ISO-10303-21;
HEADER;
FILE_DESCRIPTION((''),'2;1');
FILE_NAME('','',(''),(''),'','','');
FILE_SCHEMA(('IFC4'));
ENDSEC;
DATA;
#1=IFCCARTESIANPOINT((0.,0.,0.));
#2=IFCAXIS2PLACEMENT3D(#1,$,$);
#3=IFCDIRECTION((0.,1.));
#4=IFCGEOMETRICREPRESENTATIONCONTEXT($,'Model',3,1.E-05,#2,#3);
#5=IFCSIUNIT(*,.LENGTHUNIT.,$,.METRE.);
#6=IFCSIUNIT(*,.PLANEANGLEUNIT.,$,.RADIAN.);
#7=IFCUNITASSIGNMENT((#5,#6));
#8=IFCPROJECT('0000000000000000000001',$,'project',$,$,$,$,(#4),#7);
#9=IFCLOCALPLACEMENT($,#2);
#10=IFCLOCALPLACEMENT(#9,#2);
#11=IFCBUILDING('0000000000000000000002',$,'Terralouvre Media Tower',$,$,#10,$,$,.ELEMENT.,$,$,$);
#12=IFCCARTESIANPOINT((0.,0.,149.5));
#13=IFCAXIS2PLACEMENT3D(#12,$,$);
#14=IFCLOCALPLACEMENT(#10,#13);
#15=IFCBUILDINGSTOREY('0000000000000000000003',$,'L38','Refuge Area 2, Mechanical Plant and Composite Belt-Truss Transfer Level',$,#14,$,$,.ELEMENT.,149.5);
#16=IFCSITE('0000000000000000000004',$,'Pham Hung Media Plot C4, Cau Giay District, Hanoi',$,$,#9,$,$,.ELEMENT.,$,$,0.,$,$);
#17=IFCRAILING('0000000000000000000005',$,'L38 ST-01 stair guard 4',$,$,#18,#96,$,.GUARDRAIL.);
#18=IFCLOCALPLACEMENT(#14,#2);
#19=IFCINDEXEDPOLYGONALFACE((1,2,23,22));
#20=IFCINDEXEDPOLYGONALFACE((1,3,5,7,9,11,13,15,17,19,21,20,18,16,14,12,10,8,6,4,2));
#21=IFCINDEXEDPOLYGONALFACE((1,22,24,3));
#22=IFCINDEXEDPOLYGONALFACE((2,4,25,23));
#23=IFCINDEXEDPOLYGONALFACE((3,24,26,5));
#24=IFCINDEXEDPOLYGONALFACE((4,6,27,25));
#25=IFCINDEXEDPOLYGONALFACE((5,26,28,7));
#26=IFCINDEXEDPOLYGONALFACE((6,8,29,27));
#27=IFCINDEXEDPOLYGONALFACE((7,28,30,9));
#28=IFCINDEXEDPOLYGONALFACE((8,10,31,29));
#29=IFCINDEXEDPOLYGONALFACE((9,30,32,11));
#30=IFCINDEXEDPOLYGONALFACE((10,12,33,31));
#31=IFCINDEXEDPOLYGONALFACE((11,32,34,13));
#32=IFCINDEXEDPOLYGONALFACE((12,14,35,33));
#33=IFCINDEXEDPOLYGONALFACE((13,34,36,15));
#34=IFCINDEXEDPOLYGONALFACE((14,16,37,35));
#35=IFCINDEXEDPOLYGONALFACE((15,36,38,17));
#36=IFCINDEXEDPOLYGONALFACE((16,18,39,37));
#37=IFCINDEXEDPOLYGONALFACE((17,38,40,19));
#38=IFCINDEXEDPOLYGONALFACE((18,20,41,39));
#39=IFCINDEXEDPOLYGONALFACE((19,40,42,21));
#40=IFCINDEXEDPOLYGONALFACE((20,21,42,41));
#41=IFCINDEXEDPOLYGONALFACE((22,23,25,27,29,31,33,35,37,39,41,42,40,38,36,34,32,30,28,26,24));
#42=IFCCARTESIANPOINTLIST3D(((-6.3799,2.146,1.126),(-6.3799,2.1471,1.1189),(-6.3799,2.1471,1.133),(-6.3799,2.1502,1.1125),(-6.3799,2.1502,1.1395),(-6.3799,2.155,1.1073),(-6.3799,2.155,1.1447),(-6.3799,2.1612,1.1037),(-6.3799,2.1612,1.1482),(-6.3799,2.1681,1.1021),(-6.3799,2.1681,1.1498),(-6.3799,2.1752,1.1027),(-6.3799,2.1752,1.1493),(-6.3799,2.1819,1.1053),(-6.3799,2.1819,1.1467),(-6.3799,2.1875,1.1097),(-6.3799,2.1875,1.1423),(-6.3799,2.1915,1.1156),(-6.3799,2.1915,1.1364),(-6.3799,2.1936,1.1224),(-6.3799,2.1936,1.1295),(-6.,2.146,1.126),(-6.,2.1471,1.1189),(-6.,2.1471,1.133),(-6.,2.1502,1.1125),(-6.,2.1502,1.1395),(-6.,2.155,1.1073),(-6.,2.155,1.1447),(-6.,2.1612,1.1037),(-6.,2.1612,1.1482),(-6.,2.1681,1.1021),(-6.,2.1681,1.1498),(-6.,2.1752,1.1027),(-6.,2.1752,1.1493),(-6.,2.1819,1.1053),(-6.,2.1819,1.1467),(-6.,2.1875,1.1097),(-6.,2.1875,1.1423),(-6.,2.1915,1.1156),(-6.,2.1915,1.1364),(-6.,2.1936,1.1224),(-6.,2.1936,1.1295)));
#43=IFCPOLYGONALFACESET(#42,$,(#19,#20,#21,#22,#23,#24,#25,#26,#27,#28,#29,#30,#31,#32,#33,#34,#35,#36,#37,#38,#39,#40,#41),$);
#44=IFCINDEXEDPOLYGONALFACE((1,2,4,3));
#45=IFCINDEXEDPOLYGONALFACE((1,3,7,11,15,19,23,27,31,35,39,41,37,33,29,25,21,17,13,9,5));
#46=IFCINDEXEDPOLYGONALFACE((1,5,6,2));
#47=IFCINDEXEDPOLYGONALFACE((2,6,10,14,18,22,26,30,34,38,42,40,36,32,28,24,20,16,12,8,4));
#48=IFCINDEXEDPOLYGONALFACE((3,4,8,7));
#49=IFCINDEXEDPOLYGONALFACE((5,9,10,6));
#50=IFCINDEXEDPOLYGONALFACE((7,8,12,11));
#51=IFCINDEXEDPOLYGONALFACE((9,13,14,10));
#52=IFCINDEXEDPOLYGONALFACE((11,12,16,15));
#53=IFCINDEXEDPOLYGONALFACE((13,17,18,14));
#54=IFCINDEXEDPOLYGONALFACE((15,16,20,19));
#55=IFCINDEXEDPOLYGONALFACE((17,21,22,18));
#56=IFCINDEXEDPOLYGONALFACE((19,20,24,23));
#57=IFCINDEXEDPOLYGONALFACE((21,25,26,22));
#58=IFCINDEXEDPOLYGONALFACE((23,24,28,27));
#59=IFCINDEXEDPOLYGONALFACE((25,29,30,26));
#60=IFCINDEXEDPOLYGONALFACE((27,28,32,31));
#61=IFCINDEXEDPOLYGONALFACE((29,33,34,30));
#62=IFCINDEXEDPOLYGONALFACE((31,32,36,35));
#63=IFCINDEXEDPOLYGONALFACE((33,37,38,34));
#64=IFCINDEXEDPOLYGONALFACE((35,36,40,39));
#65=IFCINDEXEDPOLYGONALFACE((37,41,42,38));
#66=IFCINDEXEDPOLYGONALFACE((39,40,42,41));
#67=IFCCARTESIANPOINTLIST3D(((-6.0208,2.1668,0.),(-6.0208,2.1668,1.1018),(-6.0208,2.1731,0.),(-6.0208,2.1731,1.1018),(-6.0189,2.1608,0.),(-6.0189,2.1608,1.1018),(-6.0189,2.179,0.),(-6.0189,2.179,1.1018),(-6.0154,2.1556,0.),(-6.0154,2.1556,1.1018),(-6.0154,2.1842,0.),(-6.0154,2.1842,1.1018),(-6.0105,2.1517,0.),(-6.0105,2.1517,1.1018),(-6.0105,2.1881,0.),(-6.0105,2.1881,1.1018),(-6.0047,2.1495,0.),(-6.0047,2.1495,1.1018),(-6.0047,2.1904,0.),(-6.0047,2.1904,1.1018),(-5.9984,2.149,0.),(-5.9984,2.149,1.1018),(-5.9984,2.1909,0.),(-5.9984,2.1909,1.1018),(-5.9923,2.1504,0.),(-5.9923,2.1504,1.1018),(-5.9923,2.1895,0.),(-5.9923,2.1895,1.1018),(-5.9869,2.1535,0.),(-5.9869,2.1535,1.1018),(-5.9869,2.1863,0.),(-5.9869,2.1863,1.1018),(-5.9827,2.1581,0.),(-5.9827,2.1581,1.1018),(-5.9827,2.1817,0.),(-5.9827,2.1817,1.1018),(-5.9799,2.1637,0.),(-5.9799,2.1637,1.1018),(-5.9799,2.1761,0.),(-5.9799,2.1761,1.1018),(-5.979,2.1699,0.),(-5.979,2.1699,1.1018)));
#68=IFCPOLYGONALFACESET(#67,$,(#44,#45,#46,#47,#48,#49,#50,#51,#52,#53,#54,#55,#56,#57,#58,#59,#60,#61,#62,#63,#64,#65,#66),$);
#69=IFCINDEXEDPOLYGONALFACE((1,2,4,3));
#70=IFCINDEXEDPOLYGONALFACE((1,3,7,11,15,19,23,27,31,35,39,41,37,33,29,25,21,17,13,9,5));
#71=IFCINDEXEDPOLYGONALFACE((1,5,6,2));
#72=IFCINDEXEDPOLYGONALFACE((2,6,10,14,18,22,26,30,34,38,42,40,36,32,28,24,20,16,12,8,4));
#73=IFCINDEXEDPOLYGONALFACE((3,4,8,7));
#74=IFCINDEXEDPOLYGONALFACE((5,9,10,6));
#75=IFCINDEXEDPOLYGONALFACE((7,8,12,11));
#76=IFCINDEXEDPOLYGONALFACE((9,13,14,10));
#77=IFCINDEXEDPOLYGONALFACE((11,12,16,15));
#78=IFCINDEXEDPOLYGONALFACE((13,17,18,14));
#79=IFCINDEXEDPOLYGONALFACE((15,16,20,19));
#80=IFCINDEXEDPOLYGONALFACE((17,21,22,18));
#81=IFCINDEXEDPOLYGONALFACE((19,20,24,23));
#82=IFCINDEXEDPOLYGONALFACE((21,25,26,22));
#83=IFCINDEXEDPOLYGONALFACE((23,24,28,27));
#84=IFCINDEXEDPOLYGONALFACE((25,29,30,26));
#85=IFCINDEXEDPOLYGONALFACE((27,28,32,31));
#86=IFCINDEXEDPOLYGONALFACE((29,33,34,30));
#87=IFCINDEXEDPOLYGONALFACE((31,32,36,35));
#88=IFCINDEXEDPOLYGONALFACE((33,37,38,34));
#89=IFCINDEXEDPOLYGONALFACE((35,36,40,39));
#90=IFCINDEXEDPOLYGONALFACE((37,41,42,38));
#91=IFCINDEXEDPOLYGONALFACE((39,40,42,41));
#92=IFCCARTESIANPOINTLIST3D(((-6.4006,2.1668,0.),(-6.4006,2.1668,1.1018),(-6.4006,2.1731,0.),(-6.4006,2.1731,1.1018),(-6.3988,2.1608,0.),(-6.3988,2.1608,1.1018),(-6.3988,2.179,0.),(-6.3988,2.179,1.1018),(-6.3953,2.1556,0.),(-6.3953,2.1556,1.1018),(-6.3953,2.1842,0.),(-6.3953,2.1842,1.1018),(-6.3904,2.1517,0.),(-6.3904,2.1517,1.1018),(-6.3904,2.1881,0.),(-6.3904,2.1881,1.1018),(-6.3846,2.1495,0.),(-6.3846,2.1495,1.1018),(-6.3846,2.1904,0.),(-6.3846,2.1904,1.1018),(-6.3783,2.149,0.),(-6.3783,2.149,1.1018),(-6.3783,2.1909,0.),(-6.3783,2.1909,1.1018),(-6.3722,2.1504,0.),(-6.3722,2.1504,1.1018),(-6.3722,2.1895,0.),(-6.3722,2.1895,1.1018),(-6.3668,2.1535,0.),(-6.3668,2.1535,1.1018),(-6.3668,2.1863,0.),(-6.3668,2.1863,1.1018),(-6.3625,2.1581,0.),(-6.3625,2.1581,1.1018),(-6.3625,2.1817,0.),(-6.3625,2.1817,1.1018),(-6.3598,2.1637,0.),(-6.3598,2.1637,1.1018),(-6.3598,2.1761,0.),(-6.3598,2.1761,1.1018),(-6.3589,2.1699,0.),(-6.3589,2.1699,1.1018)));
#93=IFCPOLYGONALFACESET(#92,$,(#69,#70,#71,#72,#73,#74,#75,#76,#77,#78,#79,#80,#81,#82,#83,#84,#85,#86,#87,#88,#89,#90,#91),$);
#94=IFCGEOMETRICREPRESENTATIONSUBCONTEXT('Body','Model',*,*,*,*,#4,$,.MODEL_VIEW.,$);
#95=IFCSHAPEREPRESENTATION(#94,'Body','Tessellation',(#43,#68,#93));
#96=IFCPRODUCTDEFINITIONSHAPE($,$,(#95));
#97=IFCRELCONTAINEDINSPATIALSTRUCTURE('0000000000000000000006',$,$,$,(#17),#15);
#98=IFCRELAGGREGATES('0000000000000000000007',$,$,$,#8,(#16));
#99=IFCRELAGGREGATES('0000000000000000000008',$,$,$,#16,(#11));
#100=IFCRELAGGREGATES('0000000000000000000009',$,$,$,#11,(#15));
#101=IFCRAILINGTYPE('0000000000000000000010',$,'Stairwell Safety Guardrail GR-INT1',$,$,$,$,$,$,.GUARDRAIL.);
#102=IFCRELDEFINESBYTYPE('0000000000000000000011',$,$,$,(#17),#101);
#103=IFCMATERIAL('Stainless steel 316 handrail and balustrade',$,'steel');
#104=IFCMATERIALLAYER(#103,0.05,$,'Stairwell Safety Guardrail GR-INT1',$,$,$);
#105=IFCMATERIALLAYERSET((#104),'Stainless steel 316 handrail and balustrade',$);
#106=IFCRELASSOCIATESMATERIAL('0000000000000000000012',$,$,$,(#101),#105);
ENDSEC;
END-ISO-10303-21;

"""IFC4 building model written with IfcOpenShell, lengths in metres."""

from ifc_helpers import new_model, si_unit, direction, frame, origin, origin_2d, place, context, subcontext, project, spatial, circle, extrude, material, layer, layer_set, type_object, element, save


model = new_model("IFC4")

# Units and contexts
model_context = context("Model", 3, precision=1e-05, world=origin(), true_north=direction((0.0, 1.0)))
body_context = subcontext(model_context, "Body", "Model", "MODEL_VIEW")
ifc_project = project(units=[si_unit("LENGTHUNIT", "METRE"), si_unit("PLANEANGLEUNIT", "RADIAN")], contexts=[model_context])

# Site, building, storey
site_placement = place(None, origin())
site = spatial("IfcSite", under=ifc_project, at=site_placement, Name="Pham Hung Media Plot C4, Cau Giay District, Hanoi", CompositionType="ELEMENT", RefElevation=0.0)
building_placement = place(site_placement, origin())
building = spatial("IfcBuilding", under=site, at=building_placement, Name="Terralouvre Media Tower", CompositionType="ELEMENT")
storey_placement = place(building_placement, frame((0.0, 0.0, 149.5)))
storey = spatial("IfcBuildingStorey", under=building, at=storey_placement, Name="L38", Description="Refuge Area 2, Mechanical Plant and Composite Belt-Truss Transfer Level", CompositionType="ELEMENT", Elevation=149.5)

# Railing
ifc_material_1 = material(Name="Stainless steel 316 handrail and balustrade", Category="steel")
ifc_layer_1 = layer(ifc_material_1, 0.05, Name="Stairwell Safety Guardrail GR-INT1")
ifc_layer_set_1 = layer_set([ifc_layer_1], Name="Stainless steel 316 handrail and balustrade")
railing_type_1 = type_object("IfcRailingType", Name="Stairwell Safety Guardrail GR-INT1", PredefinedType="GUARDRAIL", material=ifc_layer_set_1)
railing_1_placement = place(storey_placement, frame((-6.0, 2.1699, 0.0)))
element("IfcRailing", 1, at=railing_1_placement, inside=storey, type_object=railing_type_1, Name="L38 ST-01 stair guard 4", PredefinedType="GUARDRAIL", context=body_context, shape_type="SweptSolid", body=[
    extrude(circle(Radius=0.0239, at=origin_2d()), frame((0.0, 0.0, 1.126), z_axis=(-1.0, 0.0, 0.0), x_axis=(0.0, -1.0, 0.0)), (0.0, 0.0, 1.0), 0.3799),
    extrude(circle(Radius=0.021, at=origin_2d()), origin(), (0.0, 0.0, 1.0), 1.1018),
    extrude(circle(Radius=0.021, at=origin_2d()), frame((-0.3799, 0.0, 0.0)), (0.0, 0.0, 1.0), 1.1018),
])

save(model, "model.ifc")
